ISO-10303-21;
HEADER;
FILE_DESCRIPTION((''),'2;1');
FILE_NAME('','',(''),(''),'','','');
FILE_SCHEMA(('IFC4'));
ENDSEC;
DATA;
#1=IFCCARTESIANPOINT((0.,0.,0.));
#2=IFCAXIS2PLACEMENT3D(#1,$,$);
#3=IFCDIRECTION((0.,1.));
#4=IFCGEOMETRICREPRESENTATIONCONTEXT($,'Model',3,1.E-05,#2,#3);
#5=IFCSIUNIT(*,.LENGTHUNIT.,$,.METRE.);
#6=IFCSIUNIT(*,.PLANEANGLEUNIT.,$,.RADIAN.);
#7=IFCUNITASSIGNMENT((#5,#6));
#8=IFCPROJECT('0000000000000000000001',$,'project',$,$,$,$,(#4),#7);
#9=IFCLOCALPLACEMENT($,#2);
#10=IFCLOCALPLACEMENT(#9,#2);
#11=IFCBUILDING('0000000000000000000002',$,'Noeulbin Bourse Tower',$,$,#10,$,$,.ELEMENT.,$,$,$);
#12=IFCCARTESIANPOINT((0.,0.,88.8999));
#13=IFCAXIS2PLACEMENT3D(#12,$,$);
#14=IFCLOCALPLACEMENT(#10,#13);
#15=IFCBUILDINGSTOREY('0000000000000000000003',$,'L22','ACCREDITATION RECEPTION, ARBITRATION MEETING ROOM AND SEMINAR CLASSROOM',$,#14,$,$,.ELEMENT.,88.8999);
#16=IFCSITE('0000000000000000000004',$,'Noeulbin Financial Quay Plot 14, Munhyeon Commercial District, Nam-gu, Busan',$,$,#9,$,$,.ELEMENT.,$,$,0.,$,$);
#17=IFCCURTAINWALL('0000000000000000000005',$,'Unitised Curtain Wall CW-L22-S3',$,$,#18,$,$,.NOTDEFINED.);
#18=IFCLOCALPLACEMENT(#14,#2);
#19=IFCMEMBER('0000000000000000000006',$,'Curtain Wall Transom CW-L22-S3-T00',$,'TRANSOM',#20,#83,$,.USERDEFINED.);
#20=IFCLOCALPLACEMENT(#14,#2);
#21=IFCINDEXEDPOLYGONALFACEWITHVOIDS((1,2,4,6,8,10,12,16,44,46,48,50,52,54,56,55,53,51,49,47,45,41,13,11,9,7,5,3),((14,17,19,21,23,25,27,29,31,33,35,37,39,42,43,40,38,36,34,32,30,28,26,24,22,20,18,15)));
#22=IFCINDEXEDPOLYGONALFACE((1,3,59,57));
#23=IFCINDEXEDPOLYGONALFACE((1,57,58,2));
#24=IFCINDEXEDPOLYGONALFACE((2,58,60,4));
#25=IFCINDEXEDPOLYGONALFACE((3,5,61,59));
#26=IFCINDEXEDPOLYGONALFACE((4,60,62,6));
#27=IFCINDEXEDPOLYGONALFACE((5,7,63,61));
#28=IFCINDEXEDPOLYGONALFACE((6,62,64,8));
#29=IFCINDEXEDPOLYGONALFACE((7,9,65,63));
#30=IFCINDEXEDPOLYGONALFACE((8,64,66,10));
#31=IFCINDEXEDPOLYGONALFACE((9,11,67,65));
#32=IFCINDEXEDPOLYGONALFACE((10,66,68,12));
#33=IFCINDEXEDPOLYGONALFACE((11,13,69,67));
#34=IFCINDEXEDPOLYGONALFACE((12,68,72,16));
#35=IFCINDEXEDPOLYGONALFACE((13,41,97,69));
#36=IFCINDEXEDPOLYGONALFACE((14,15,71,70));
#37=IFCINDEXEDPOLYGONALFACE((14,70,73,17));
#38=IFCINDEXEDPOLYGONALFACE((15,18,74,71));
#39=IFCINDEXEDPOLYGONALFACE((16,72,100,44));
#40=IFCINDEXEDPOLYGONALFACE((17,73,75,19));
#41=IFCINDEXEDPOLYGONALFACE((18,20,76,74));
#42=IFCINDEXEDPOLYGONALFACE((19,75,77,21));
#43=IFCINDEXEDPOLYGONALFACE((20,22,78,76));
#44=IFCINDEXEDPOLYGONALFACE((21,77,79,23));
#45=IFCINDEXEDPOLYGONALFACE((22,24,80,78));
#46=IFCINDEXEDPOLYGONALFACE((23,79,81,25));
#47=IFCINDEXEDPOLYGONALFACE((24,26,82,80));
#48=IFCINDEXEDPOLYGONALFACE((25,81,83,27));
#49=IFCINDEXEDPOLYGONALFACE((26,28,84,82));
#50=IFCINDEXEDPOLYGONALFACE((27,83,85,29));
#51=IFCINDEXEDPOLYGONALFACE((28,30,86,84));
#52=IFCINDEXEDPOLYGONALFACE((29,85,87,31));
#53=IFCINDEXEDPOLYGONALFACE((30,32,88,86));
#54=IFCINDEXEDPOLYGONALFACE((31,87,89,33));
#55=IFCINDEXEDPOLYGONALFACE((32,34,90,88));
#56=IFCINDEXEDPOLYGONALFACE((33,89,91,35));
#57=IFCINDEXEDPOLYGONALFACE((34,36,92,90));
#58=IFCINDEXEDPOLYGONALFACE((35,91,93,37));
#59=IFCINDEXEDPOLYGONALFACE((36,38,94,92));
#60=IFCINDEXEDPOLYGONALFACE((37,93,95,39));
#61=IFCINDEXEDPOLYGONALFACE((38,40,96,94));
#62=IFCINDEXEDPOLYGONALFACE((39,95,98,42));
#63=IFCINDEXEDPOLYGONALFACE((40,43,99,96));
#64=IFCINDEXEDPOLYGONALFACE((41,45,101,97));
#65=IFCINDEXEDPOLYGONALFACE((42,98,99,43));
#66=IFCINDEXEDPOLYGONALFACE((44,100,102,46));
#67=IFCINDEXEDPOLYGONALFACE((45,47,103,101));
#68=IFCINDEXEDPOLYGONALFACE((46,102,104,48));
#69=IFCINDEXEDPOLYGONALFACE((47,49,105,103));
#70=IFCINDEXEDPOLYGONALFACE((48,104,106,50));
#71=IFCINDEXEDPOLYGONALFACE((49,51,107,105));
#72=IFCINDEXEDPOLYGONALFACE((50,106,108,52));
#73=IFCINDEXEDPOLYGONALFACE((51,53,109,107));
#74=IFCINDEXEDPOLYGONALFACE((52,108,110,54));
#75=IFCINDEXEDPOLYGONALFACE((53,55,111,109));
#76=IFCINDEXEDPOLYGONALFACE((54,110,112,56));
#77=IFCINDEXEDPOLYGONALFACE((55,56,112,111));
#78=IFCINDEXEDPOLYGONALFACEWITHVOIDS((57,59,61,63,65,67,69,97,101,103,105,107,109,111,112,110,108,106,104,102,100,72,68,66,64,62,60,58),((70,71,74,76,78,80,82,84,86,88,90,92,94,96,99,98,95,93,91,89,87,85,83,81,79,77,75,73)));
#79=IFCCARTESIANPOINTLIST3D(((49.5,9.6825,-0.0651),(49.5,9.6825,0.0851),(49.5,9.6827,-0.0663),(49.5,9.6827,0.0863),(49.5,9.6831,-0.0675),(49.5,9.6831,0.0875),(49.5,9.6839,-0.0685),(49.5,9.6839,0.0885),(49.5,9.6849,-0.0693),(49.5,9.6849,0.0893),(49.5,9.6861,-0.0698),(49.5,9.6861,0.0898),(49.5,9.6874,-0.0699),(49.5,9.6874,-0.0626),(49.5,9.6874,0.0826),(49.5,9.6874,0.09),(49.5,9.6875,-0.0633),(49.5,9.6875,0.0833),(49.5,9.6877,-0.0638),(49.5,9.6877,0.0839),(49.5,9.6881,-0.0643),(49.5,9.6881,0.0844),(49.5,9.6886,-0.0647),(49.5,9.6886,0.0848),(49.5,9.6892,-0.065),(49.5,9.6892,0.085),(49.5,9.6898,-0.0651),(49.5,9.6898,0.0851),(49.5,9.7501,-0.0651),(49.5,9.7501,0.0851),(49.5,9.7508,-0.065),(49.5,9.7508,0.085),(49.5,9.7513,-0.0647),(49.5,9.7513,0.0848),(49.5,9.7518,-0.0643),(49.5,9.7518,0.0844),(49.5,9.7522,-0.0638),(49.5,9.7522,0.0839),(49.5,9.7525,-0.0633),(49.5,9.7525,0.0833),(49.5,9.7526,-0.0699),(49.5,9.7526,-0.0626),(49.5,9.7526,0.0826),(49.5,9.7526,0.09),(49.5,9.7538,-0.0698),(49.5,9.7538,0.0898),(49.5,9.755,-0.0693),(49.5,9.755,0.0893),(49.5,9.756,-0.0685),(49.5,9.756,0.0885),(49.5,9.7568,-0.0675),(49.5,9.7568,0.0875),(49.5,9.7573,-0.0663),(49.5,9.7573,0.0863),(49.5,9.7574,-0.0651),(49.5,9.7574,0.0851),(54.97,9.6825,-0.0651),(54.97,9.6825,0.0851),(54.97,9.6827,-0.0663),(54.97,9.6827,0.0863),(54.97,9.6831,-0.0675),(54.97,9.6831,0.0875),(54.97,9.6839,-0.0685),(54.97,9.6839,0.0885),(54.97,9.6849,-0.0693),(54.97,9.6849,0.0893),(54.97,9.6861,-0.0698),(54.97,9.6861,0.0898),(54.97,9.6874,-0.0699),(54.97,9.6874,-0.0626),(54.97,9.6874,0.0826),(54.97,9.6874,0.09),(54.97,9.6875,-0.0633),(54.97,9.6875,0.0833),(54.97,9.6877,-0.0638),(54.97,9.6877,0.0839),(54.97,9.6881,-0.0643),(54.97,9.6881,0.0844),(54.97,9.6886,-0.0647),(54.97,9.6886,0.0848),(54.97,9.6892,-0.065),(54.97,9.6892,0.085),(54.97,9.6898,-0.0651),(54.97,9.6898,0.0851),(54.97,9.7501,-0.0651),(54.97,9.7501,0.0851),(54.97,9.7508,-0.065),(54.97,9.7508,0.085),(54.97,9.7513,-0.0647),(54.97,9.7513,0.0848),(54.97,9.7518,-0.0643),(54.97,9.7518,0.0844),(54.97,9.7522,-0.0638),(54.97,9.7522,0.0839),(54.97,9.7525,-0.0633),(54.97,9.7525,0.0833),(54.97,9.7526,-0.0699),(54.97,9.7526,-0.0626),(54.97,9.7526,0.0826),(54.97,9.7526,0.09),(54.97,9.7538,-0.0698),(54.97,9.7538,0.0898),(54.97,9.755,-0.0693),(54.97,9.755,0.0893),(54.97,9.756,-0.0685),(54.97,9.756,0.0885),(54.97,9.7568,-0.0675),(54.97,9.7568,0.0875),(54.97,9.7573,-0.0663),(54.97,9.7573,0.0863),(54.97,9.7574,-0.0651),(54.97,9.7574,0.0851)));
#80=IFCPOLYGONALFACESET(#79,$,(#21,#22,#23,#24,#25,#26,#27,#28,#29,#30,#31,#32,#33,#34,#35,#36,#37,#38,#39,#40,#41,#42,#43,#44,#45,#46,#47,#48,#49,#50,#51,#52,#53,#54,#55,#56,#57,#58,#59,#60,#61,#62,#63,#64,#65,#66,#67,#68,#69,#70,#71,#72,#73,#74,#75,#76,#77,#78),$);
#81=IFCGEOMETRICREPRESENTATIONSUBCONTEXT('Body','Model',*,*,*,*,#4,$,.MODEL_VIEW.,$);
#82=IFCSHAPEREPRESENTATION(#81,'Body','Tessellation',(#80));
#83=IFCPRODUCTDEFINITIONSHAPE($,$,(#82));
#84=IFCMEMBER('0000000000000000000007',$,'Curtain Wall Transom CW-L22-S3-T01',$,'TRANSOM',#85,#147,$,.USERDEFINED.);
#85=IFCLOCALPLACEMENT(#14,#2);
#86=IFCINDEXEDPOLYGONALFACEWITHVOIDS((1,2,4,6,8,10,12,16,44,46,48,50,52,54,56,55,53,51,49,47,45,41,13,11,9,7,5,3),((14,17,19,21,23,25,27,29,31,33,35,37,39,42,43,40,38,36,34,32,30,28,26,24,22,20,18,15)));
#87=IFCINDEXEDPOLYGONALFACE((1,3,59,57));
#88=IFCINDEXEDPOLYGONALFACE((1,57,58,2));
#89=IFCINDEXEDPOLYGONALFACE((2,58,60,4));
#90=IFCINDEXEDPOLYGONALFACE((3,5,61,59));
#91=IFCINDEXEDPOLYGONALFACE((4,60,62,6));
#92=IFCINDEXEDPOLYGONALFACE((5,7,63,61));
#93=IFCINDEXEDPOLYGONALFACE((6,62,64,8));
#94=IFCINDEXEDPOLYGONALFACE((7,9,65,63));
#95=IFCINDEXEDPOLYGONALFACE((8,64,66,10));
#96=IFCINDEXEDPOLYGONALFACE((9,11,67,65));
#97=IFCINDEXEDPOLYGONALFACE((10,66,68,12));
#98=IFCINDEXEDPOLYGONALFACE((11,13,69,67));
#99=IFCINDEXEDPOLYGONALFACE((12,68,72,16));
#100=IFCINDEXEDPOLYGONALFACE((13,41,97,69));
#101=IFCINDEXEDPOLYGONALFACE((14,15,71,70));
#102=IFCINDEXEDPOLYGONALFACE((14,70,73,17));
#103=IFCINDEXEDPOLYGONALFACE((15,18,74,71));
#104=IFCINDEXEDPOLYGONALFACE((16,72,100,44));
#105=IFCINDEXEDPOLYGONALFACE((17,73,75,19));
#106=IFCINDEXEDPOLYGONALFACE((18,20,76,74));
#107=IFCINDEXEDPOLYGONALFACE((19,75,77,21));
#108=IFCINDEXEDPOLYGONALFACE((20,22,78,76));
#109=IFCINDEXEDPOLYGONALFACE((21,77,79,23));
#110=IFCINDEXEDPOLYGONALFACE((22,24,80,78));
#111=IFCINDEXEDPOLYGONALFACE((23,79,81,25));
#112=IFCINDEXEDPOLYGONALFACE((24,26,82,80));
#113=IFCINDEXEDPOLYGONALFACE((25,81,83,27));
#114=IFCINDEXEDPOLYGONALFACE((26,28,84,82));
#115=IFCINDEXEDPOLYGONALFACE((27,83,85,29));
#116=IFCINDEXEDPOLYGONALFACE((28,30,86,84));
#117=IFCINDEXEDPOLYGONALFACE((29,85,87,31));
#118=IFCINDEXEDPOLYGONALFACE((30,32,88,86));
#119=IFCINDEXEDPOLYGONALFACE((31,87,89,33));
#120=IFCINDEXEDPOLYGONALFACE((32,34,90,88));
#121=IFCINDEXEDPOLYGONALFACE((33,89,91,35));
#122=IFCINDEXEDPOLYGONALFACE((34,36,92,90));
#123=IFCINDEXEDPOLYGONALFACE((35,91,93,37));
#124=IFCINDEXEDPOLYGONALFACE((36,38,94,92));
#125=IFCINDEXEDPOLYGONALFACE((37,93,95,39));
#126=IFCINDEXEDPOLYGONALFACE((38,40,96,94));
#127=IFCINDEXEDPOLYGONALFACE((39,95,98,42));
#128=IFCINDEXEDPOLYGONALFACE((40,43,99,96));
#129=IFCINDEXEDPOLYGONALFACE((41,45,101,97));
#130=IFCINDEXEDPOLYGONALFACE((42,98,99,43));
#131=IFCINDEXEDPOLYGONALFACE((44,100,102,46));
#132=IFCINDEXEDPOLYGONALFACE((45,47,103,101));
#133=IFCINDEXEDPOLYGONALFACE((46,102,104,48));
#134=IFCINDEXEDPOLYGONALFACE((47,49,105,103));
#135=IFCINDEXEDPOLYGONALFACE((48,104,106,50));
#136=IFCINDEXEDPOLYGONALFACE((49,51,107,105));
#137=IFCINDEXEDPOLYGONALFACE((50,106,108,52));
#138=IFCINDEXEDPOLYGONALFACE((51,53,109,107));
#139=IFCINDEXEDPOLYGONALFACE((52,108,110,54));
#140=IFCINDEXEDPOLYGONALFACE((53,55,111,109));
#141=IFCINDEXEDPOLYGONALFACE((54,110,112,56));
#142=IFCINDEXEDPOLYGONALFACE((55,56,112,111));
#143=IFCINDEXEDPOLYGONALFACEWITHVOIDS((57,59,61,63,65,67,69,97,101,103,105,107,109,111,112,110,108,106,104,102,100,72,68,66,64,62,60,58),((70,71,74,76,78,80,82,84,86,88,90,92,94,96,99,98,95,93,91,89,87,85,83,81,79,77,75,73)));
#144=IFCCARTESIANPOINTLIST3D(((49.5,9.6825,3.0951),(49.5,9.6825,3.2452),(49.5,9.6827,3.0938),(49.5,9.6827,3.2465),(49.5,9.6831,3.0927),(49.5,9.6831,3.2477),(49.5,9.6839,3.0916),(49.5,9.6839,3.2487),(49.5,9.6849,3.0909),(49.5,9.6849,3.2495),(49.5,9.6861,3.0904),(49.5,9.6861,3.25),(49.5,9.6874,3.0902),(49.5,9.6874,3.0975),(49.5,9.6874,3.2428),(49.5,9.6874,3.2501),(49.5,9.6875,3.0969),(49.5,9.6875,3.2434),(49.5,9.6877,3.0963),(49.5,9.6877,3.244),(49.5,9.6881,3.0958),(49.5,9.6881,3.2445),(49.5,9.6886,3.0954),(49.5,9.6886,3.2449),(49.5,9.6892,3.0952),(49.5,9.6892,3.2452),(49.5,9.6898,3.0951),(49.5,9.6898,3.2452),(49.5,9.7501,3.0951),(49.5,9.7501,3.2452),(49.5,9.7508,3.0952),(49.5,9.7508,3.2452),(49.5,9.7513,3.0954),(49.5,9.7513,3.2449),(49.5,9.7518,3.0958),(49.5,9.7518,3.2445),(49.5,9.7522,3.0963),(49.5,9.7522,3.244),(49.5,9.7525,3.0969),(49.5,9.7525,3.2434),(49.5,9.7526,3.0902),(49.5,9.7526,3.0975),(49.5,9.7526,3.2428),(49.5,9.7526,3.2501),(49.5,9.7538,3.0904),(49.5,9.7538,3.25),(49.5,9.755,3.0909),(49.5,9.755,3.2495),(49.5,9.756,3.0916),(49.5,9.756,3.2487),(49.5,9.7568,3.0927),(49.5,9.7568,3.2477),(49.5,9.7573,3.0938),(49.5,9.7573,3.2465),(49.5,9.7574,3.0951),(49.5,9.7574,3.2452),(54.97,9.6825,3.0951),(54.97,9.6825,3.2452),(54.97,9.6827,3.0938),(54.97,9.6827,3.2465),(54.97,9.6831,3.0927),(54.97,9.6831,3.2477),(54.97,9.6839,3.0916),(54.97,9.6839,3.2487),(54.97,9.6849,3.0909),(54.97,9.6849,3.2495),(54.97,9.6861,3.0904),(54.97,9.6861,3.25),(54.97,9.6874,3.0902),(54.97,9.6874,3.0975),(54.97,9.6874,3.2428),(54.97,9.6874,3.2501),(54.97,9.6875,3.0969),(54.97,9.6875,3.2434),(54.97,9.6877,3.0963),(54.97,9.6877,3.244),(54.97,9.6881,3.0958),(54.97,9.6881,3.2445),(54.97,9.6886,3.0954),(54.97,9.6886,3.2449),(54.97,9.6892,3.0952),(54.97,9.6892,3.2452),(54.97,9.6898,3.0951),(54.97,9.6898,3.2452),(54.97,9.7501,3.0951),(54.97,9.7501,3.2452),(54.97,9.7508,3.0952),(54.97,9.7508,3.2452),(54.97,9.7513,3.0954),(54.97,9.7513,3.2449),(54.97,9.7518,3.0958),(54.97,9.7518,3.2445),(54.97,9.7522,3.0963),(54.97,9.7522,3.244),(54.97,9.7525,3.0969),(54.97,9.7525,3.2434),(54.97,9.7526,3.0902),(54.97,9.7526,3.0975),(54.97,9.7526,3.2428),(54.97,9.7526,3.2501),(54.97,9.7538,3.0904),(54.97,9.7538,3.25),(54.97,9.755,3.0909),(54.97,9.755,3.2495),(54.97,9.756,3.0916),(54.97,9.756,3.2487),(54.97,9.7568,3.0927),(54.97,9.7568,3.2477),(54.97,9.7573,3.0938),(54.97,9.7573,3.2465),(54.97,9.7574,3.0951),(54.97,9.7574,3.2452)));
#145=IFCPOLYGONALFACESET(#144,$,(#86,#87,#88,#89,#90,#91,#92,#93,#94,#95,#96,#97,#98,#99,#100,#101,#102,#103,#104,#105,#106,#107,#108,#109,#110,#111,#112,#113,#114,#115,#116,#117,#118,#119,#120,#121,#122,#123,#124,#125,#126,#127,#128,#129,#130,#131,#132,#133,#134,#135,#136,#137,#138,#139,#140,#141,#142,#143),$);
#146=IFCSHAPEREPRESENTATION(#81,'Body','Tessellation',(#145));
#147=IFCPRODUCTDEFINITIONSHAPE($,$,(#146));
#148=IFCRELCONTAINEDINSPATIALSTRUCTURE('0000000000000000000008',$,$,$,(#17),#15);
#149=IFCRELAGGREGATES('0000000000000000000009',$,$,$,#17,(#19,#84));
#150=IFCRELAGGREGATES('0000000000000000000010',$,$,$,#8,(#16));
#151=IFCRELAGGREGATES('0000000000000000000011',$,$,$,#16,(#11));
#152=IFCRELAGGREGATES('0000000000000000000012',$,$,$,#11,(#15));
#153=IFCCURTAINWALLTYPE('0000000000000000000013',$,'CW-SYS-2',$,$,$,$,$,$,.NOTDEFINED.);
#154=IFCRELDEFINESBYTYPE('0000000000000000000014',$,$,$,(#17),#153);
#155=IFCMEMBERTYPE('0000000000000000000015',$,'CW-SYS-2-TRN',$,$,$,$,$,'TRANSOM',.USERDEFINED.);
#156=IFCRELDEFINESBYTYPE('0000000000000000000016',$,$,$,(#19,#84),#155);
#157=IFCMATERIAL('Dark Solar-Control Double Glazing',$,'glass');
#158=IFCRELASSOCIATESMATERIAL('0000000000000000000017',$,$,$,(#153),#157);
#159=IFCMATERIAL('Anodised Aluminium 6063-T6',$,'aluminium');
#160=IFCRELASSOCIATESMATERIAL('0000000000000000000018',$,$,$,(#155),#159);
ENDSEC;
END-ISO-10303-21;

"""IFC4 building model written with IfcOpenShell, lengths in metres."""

from ifc_helpers import new_model, si_unit, direction, frame, origin, origin_2d, place, context, subcontext, project, spatial, hollow_rectangle, extrude, material, material_profile, profile_set, type_object, element, aggregate, save


model = new_model("IFC4")

# Units and contexts
model_context = context("Model", 3, precision=1e-05, world=origin(), true_north=direction((0.0, 1.0)))
body_context = subcontext(model_context, "Body", "Model", "MODEL_VIEW")
ifc_project = project(units=[si_unit("LENGTHUNIT", "METRE"), si_unit("PLANEANGLEUNIT", "RADIAN")], contexts=[model_context])

# Site, building, storey
site_placement = place(None, origin())
site = spatial("IfcSite", under=ifc_project, at=site_placement, Name="Noeulbin Financial Quay Plot 14, Munhyeon Commercial District, Nam-gu, Busan", CompositionType="ELEMENT", RefElevation=0.0)
building_placement = place(site_placement, origin())
building = spatial("IfcBuilding", under=site, at=building_placement, Name="Noeulbin Bourse Tower", CompositionType="ELEMENT")
storey_placement = place(building_placement, frame((0.0, 0.0, 88.8999)))
storey = spatial("IfcBuildingStorey", under=building, at=storey_placement, Name="L22", Description="ACCREDITATION RECEPTION, ARBITRATION MEETING ROOM AND SEMINAR CLASSROOM", CompositionType="ELEMENT", Elevation=88.8999)

# Shared definitions
ifc_material_1 = material(Name="Dark Solar-Control Double Glazing", Category="glass")
curtain_wall_type = type_object("IfcCurtainWallType", Name="CW-SYS-2", PredefinedType="NOTDEFINED", material=ifc_material_1)
ifc_material_2 = material(Name="Anodised Aluminium 6063-T6", Category="aluminium")

# Curtain wall
curtain_wall_1_placement = place(storey_placement, origin())
curtain_wall_1 = element("IfcCurtainWall", 1, at=curtain_wall_1_placement, inside=storey, type_object=curtain_wall_type, Name="Unitised Curtain Wall CW-L22-S3", PredefinedType="NOTDEFINED")

# Members
ifc_material_profile_1 = material_profile(ifc_material_2, hollow_rectangle(XDim=0.075, YDim=0.1599, WallThickness=0.0049, InnerFilletRadius=0.0024, OuterFilletRadius=0.0049, at=origin_2d()), Name="ALU-TRAN-75x160x5", Category="LoadBearing")
ifc_profile_set_1 = profile_set([ifc_material_profile_1], Name="Anodised Aluminium 6063-T6")
member_type_1 = type_object("IfcMemberType", Name="CW-SYS-2-TRN", ElementType="TRANSOM", PredefinedType="USERDEFINED", material=ifc_profile_set_1)
member_1_placement = place(storey_placement, frame((49.5, 9.72, 0.01), z_axis=(1.0, 0.0, 0.0), x_axis=(0.0, 1.0, 0.0)))
member_1 = element("IfcMember", 2, at=member_1_placement, type_object=member_type_1, Name="Curtain Wall Transom CW-L22-S3-T00", ObjectType="TRANSOM", PredefinedType="USERDEFINED", context=body_context, shape_type="SweptSolid", body=[
    extrude(hollow_rectangle(XDim=0.075, YDim=0.1599, WallThickness=0.0049, InnerFilletRadius=0.0024, OuterFilletRadius=0.0049, at=origin_2d()), origin(), (0.0, 0.0, 1.0), 5.47),
])
member_2_placement = place(storey_placement, frame((49.5, 9.72, 3.1702), z_axis=(1.0, 0.0, 0.0), x_axis=(0.0, 1.0, 0.0)))
member_2 = element("IfcMember", 3, at=member_2_placement, type_object=member_type_1, Name="Curtain Wall Transom CW-L22-S3-T01", ObjectType="TRANSOM", PredefinedType="USERDEFINED", context=body_context, shape_type="SweptSolid", body=[
    extrude(hollow_rectangle(XDim=0.075, YDim=0.1599, WallThickness=0.0049, InnerFilletRadius=0.0024, OuterFilletRadius=0.0049, at=origin_2d()), origin(), (0.0, 0.0, 1.0), 5.47),
])

aggregate(curtain_wall_1, [member_1, member_2])

save(model, "model.ifc")
